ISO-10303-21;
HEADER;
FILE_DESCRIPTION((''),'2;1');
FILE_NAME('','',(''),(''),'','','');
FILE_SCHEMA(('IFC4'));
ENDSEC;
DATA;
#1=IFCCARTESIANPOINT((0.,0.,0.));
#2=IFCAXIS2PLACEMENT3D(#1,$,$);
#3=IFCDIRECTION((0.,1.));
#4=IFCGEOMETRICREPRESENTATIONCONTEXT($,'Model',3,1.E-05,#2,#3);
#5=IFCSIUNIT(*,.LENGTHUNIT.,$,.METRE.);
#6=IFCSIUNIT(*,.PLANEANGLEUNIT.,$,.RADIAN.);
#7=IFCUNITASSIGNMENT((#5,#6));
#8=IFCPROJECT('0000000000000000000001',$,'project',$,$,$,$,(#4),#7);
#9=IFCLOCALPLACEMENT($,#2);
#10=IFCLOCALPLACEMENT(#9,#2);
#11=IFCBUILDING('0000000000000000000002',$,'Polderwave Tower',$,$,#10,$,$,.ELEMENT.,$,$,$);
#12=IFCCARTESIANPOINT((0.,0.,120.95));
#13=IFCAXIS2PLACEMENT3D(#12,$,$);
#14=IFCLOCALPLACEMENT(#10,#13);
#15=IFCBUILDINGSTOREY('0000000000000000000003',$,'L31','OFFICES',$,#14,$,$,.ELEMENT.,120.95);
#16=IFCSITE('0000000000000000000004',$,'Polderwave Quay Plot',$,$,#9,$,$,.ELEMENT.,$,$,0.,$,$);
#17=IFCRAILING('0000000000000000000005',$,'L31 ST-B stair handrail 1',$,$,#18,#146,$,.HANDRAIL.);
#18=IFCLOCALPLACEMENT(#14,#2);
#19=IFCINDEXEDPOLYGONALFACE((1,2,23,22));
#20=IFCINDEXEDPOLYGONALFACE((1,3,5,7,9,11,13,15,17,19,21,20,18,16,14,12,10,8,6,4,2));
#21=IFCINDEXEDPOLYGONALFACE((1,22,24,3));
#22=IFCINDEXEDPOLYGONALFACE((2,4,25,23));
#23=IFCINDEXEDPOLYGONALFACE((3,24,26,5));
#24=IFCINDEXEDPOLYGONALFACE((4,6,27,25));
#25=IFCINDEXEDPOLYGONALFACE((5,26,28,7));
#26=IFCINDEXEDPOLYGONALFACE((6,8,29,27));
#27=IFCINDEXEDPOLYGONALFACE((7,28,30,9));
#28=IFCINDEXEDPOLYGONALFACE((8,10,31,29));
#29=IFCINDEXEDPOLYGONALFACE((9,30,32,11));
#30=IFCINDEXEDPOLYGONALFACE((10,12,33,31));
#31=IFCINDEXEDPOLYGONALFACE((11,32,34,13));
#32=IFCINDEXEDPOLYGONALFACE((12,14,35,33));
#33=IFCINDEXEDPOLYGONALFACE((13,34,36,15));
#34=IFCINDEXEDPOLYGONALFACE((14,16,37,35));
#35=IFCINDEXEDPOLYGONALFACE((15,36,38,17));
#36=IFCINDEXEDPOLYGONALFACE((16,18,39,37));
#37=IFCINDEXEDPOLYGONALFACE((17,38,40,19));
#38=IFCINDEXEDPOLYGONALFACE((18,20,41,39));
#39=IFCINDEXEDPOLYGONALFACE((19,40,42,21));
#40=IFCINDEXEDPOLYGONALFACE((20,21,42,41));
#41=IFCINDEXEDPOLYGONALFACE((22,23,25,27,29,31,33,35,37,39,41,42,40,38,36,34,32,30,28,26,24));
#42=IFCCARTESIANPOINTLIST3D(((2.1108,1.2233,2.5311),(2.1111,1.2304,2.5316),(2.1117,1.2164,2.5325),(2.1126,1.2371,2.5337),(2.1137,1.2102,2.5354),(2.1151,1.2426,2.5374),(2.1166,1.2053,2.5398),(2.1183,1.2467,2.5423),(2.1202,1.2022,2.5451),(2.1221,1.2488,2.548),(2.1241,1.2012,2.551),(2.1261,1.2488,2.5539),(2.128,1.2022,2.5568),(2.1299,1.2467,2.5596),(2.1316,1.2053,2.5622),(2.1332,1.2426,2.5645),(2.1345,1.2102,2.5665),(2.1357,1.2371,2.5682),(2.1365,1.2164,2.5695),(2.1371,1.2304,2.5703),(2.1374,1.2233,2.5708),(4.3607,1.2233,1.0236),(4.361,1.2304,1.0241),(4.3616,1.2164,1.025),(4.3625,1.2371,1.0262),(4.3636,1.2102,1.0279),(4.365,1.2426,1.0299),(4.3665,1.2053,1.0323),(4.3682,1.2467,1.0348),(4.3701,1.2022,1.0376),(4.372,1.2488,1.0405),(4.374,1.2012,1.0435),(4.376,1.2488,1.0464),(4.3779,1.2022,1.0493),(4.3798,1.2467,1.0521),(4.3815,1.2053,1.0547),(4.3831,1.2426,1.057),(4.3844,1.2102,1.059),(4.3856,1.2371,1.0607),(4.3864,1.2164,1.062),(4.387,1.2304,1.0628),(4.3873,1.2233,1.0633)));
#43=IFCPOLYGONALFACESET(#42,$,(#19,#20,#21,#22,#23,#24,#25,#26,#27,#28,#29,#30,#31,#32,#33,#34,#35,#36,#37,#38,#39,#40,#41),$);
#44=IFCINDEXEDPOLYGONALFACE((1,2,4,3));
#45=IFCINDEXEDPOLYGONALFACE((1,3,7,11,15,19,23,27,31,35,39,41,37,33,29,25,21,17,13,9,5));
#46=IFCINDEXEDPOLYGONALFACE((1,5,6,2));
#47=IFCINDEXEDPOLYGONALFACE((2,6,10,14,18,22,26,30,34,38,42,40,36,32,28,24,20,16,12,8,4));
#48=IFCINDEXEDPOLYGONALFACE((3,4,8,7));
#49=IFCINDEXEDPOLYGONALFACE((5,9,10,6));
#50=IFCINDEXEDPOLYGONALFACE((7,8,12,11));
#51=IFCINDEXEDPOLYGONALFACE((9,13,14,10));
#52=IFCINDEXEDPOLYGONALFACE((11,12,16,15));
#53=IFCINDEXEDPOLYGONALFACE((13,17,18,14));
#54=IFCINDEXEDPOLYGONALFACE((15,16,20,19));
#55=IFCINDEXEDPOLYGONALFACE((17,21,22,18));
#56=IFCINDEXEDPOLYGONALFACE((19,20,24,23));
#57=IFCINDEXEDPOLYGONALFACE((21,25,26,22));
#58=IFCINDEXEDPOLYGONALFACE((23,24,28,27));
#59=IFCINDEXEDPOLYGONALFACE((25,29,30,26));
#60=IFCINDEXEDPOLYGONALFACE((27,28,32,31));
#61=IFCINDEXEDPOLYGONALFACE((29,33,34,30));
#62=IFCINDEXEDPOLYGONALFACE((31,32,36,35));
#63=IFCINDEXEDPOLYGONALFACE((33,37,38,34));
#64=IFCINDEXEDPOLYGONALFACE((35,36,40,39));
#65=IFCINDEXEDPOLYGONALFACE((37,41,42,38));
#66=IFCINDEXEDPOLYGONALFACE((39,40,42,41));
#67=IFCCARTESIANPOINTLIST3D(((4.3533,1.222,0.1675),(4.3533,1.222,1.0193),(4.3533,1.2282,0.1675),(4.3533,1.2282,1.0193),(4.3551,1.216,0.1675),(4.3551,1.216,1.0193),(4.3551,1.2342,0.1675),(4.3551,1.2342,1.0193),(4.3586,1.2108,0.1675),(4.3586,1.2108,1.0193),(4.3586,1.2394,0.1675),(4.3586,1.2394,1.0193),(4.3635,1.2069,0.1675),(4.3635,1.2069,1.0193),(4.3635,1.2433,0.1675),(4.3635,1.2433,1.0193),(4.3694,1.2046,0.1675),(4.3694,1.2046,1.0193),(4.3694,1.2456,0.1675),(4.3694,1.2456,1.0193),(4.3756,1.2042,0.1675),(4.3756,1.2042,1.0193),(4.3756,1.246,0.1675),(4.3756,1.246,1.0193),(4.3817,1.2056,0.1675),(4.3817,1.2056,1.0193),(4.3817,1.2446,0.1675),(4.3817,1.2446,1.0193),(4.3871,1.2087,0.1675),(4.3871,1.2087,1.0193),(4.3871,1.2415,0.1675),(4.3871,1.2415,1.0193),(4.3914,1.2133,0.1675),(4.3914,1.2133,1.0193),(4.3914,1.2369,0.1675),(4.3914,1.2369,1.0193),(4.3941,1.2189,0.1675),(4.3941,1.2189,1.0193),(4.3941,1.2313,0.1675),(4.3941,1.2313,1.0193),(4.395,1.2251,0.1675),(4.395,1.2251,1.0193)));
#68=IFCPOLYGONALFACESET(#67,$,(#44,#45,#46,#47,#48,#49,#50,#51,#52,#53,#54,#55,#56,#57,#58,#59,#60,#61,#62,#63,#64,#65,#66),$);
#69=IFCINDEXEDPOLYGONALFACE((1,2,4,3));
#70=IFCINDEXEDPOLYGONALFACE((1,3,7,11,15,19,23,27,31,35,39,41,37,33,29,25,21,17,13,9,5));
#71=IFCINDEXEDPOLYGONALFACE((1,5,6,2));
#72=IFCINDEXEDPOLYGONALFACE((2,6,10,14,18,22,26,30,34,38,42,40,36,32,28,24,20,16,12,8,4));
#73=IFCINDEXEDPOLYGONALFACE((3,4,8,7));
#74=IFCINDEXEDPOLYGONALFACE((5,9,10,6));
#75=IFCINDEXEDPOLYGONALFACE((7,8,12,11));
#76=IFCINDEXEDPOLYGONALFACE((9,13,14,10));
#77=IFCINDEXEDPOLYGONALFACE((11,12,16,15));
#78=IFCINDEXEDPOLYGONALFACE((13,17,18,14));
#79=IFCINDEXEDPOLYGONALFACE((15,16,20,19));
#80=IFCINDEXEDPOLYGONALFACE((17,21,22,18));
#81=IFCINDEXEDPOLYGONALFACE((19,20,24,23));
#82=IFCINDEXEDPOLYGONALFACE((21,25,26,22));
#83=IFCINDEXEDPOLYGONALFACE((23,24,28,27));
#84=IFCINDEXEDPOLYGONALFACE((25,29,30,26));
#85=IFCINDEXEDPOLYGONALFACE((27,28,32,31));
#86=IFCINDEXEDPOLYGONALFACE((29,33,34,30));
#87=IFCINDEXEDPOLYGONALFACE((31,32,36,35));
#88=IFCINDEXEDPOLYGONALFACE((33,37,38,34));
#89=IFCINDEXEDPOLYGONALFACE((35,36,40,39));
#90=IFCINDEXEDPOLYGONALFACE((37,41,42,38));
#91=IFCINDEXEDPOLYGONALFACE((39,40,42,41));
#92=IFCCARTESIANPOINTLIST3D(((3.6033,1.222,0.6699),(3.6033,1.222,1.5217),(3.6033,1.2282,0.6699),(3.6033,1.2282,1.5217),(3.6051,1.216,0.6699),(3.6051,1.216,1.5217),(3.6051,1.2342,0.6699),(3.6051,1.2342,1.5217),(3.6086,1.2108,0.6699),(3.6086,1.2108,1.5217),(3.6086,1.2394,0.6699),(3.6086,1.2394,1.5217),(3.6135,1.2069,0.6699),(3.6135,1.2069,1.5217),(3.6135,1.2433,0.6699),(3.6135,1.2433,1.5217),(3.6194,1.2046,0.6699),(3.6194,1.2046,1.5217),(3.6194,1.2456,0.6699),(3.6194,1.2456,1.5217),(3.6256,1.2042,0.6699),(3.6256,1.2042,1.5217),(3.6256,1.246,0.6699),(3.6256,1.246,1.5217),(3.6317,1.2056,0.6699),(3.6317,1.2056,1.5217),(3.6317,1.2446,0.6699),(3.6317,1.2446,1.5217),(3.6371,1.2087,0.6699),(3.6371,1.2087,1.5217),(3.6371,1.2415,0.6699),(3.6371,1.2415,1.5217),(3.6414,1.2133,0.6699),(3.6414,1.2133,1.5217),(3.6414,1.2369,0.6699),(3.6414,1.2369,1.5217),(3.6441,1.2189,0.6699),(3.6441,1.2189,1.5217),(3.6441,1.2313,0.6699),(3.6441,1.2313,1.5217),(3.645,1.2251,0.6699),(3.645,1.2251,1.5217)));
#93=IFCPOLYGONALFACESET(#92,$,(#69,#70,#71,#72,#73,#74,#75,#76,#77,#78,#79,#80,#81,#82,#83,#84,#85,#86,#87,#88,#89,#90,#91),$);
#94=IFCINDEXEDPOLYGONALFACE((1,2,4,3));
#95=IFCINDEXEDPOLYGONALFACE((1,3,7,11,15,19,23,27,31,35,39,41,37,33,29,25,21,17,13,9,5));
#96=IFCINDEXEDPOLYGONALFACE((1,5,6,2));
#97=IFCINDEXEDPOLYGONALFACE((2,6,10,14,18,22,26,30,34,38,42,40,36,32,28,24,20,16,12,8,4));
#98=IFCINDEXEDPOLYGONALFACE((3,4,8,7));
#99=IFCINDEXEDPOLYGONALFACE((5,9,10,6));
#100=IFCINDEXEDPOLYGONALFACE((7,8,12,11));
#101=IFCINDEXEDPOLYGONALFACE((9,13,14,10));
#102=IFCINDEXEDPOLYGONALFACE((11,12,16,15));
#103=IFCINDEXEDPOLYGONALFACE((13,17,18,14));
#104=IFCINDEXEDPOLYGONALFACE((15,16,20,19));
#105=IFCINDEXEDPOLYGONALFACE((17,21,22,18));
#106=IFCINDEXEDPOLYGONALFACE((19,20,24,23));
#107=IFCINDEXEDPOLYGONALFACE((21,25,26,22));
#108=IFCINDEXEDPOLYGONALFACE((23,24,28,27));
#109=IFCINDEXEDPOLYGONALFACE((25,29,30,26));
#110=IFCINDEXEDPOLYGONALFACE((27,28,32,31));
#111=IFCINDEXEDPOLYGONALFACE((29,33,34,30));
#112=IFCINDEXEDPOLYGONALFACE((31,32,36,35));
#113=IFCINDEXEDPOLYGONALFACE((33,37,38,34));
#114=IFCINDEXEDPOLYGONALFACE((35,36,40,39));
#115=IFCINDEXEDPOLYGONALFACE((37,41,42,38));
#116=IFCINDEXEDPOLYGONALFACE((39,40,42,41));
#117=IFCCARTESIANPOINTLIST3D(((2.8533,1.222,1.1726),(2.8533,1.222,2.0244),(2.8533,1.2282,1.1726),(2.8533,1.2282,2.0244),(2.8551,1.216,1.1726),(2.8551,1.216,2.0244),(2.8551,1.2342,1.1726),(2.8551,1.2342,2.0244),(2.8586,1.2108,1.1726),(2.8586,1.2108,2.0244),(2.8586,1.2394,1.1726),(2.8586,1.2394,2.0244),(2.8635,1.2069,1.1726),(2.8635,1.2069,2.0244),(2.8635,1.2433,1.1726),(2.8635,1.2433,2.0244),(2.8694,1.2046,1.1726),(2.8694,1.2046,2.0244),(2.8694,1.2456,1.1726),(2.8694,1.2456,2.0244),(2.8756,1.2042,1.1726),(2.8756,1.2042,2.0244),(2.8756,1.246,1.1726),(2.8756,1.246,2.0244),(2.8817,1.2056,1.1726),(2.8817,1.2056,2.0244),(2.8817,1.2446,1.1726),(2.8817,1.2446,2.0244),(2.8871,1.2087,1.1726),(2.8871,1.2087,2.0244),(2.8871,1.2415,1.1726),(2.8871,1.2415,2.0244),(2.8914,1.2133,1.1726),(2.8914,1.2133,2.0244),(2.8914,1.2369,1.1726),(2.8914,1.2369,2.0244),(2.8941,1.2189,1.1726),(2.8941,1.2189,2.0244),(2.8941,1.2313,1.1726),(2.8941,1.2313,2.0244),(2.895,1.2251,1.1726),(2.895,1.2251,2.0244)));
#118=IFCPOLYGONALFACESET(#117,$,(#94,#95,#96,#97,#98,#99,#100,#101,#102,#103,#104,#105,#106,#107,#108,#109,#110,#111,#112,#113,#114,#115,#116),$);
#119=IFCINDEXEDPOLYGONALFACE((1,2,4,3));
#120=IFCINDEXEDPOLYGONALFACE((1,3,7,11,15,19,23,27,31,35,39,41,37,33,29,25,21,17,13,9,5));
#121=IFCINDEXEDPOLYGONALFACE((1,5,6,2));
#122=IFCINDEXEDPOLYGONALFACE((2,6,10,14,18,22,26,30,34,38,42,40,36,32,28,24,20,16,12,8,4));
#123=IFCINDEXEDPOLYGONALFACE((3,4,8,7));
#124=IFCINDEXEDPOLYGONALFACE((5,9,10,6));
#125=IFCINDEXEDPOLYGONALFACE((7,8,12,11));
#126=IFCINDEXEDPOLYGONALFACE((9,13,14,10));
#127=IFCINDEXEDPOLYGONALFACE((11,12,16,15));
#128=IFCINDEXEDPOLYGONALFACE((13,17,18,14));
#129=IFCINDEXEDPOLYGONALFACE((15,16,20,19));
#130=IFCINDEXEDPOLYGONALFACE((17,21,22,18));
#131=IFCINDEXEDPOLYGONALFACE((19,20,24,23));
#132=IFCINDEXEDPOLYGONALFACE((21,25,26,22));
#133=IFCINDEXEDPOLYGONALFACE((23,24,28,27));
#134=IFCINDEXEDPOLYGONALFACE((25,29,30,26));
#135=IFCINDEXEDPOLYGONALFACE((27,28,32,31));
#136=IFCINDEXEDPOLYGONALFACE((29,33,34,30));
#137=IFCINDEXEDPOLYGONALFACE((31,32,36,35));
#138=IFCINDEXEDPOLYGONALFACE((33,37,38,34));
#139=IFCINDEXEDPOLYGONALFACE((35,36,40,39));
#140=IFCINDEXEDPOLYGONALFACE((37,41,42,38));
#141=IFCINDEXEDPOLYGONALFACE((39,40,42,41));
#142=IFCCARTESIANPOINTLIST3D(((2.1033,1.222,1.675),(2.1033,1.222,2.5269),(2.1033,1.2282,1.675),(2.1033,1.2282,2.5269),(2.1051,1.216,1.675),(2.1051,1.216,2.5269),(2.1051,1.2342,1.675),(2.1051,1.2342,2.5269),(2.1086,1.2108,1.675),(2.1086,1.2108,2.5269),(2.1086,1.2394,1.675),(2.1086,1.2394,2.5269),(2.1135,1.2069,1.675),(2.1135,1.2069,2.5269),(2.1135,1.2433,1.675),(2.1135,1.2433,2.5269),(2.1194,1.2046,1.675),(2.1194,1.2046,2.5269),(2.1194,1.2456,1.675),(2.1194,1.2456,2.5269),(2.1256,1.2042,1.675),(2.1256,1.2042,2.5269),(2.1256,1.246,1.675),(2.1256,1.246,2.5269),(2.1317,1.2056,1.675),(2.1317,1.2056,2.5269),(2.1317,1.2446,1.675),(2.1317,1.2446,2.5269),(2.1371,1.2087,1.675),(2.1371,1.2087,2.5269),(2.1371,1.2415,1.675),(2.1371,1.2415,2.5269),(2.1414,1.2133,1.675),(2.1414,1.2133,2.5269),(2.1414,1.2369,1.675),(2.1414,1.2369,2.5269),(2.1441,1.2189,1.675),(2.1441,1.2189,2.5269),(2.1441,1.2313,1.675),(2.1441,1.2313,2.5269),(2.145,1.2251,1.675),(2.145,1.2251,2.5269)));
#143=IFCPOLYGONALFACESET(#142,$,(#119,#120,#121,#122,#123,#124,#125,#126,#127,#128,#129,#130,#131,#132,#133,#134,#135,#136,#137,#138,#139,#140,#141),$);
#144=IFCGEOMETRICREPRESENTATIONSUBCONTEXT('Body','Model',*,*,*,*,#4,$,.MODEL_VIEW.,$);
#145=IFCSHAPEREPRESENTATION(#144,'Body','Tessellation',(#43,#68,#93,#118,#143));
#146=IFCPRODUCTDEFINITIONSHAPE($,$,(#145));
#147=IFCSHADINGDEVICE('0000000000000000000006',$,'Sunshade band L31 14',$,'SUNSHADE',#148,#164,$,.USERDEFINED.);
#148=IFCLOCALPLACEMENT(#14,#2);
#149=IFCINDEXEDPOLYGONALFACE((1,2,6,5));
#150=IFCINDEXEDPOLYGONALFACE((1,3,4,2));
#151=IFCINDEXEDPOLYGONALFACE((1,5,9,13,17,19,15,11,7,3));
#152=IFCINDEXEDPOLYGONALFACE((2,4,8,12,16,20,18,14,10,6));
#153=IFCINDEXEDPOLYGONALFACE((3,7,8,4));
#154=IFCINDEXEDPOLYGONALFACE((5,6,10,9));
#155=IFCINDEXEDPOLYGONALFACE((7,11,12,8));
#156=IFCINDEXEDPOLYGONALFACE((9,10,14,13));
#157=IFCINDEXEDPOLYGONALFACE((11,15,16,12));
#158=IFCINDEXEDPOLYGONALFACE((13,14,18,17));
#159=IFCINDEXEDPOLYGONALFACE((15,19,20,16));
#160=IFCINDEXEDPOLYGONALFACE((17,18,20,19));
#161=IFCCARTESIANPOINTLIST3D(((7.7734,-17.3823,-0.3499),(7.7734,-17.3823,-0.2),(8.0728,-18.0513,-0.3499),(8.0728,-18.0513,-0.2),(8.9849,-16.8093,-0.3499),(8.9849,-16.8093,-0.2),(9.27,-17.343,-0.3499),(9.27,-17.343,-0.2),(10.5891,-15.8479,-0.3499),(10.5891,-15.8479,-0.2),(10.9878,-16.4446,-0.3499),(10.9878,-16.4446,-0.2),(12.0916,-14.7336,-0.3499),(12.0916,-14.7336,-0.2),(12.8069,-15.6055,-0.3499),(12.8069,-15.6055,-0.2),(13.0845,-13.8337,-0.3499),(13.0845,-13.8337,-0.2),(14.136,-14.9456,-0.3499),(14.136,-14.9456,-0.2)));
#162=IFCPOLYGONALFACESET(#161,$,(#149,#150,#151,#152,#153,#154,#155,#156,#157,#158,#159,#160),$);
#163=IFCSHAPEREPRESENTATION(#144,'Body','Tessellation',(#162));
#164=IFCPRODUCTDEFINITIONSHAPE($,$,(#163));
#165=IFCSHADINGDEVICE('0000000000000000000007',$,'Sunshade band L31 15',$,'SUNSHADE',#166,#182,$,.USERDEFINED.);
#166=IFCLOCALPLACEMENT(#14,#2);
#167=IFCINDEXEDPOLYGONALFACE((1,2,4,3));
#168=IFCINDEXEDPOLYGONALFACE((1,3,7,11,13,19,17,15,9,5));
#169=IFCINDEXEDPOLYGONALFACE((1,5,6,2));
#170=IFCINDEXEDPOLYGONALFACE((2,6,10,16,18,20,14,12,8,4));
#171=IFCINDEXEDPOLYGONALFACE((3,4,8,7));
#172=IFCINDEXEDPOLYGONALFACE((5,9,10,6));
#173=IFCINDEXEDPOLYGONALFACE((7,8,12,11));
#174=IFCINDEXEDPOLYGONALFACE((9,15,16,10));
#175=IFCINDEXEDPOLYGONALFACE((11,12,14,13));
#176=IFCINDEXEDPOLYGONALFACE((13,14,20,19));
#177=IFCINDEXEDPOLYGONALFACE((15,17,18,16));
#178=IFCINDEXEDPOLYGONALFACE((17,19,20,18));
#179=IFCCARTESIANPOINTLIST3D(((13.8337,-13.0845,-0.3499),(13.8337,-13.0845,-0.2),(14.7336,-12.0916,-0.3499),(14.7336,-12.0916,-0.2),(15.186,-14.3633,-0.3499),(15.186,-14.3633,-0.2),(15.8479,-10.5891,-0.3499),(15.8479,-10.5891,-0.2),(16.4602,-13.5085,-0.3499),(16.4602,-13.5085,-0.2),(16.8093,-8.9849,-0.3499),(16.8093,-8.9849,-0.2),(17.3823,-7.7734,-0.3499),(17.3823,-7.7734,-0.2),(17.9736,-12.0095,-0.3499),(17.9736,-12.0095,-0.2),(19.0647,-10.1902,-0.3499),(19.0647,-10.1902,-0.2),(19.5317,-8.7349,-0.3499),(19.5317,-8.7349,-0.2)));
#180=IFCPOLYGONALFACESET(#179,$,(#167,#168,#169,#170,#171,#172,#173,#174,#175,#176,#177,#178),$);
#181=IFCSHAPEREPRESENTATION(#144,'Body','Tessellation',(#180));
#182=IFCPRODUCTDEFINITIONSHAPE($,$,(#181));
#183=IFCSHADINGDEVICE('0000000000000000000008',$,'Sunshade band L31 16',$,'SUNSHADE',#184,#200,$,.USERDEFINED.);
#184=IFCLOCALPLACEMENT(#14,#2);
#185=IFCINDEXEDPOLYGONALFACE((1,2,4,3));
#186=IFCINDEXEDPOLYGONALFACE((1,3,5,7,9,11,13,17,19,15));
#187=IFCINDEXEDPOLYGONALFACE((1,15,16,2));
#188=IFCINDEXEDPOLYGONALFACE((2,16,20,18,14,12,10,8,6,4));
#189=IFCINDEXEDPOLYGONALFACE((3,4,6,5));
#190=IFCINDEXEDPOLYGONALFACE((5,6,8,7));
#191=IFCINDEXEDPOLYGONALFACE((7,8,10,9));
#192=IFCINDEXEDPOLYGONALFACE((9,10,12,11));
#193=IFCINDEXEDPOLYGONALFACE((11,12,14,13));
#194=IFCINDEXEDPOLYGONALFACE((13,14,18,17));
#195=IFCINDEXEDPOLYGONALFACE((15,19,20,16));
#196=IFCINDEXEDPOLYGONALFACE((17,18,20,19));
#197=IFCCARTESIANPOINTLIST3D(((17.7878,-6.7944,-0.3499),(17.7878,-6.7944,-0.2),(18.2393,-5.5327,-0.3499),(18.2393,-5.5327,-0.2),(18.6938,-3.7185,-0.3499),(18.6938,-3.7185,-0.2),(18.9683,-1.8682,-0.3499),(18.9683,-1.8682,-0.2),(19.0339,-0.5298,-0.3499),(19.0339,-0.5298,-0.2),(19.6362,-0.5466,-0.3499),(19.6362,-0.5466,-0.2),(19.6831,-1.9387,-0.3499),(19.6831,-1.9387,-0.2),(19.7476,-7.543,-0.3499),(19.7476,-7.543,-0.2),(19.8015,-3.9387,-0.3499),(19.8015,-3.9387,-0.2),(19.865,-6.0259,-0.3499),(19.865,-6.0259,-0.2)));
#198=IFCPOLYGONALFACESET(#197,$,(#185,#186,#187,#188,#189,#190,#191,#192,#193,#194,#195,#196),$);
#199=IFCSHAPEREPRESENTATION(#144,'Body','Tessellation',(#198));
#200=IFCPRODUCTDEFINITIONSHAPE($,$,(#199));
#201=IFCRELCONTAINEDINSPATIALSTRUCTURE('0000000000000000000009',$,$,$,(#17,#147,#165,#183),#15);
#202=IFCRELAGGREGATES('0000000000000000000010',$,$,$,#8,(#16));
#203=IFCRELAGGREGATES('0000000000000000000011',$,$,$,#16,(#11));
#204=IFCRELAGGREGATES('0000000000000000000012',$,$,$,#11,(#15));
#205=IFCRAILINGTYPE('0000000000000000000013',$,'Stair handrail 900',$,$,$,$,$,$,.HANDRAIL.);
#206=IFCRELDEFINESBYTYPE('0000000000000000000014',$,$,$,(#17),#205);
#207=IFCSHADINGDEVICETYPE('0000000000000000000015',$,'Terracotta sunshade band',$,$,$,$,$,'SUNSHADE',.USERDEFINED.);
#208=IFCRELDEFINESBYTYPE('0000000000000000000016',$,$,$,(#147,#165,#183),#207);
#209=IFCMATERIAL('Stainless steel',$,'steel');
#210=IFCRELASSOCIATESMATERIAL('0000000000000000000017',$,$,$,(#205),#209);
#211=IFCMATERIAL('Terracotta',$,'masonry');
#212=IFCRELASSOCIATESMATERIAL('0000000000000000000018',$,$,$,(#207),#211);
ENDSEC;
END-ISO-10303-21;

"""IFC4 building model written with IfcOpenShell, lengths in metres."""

from ifc_helpers import new_model, si_unit, direction, frame, origin, origin_2d, place, context, subcontext, project, spatial, polyline, circle, outline, extrude, material, type_object, element, save


model = new_model("IFC4")

# Units and contexts
model_context = context("Model", 3, precision=1e-05, world=origin(), true_north=direction((0.0, 1.0)))
body_context = subcontext(model_context, "Body", "Model", "MODEL_VIEW")
ifc_project = project(units=[si_unit("LENGTHUNIT", "METRE"), si_unit("PLANEANGLEUNIT", "RADIAN")], contexts=[model_context])

# Site, building, storey
site_placement = place(None, origin())
site = spatial("IfcSite", under=ifc_project, at=site_placement, Name="Polderwave Quay Plot", CompositionType="ELEMENT", RefElevation=0.0)
building_placement = place(site_placement, origin())
building = spatial("IfcBuilding", under=site, at=building_placement, Name="Polderwave Tower", CompositionType="ELEMENT")
storey_placement = place(building_placement, frame((0.0, 0.0, 120.95)))
storey = spatial("IfcBuildingStorey", under=building, at=storey_placement, Name="L31", Description="OFFICES", CompositionType="ELEMENT", Elevation=120.95)

# Shared definitions
ifc_material_1 = material(Name="Stainless steel", Category="steel")

# Railing
railing_type_1 = type_object("IfcRailingType", Name="Stair handrail 900", PredefinedType="HANDRAIL", material=ifc_material_1)
railing_1_placement = place(storey_placement, frame((4.374, 1.2251, 0.1675)))
element("IfcRailing", 1, at=railing_1_placement, inside=storey, type_object=railing_type_1, Name="L31 ST-B stair handrail 1", PredefinedType="HANDRAIL", context=body_context, shape_type="SweptSolid", body=[
    extrude(circle(Radius=0.0239, at=origin_2d()), frame((0.0, 0.0, 0.876), z_axis=(-0.830758, 0.0, 0.556633), x_axis=(0.0, -1.0, 0.0)), (0.0, 0.0, 1.0), 2.7083),
    extrude(circle(Radius=0.021, at=origin_2d()), origin(), (0.0, 0.0, 1.0), 0.8518),
    extrude(circle(Radius=0.021, at=origin_2d()), frame((-0.75, 0.0, 0.5024)), (0.0, 0.0, 1.0), 0.8518),
    extrude(circle(Radius=0.021, at=origin_2d()), frame((-1.5, 0.0, 1.0051)), (0.0, 0.0, 1.0), 0.8518),
    extrude(circle(Radius=0.021, at=origin_2d()), frame((-2.25, 0.0, 1.5076)), (0.0, 0.0, 1.0), 0.8518),
])

# Shading devices
ifc_material_2 = material(Name="Terracotta", Category="masonry")
shading_device_type = type_object("IfcShadingDeviceType", Name="Terracotta sunshade band", ElementType="SUNSHADE", PredefinedType="USERDEFINED", material=ifc_material_2)
shading_device_1_placement = place(storey_placement, frame((0.0, 0.0, -0.3499)))
element("IfcShadingDevice", 2, at=shading_device_1_placement, inside=storey, type_object=shading_device_type, Name="Sunshade band L31 14", ObjectType="SUNSHADE", PredefinedType="USERDEFINED", context=body_context, shape_type="SweptSolid", body=[
    extrude(outline(polyline([(7.7734, -17.3823), (8.9849, -16.8093), (10.5891, -15.8479), (12.0916, -14.7336), (13.0845, -13.8337), (14.136, -14.9456), (12.8069, -15.6055), (10.9878, -16.4446), (9.27, -17.343), (8.0728, -18.0513), (7.7734, -17.3823)])), origin(), (0.0, 0.0, 1.0), 0.1499),
])
shading_device_2_placement = place(storey_placement, frame((0.0, 0.0, -0.3499)))
element("IfcShadingDevice", 3, at=shading_device_2_placement, inside=storey, type_object=shading_device_type, Name="Sunshade band L31 15", ObjectType="SUNSHADE", PredefinedType="USERDEFINED", context=body_context, shape_type="SweptSolid", body=[
    extrude(outline(polyline([(13.8337, -13.0845), (14.7336, -12.0916), (15.8479, -10.5891), (16.8093, -8.9849), (17.3823, -7.7734), (19.5317, -8.7349), (19.0647, -10.1902), (17.9736, -12.0095), (16.4602, -13.5085), (15.186, -14.3633), (13.8337, -13.0845)])), origin(), (0.0, 0.0, 1.0), 0.1499),
])
shading_device_3_placement = place(storey_placement, frame((0.0, 0.0, -0.3499)))
element("IfcShadingDevice", 4, at=shading_device_3_placement, inside=storey, type_object=shading_device_type, Name="Sunshade band L31 16", ObjectType="SUNSHADE", PredefinedType="USERDEFINED", context=body_context, shape_type="SweptSolid", body=[
    extrude(outline(polyline([(17.7878, -6.7944), (18.2393, -5.5327), (18.6938, -3.7185), (18.9683, -1.8682), (19.0339, -0.5298), (19.6362, -0.5466), (19.6831, -1.9387), (19.8015, -3.9387), (19.865, -6.0259), (19.7476, -7.543), (17.7878, -6.7944)])), origin(), (0.0, 0.0, 1.0), 0.1499),
])

save(model, "model.ifc")
